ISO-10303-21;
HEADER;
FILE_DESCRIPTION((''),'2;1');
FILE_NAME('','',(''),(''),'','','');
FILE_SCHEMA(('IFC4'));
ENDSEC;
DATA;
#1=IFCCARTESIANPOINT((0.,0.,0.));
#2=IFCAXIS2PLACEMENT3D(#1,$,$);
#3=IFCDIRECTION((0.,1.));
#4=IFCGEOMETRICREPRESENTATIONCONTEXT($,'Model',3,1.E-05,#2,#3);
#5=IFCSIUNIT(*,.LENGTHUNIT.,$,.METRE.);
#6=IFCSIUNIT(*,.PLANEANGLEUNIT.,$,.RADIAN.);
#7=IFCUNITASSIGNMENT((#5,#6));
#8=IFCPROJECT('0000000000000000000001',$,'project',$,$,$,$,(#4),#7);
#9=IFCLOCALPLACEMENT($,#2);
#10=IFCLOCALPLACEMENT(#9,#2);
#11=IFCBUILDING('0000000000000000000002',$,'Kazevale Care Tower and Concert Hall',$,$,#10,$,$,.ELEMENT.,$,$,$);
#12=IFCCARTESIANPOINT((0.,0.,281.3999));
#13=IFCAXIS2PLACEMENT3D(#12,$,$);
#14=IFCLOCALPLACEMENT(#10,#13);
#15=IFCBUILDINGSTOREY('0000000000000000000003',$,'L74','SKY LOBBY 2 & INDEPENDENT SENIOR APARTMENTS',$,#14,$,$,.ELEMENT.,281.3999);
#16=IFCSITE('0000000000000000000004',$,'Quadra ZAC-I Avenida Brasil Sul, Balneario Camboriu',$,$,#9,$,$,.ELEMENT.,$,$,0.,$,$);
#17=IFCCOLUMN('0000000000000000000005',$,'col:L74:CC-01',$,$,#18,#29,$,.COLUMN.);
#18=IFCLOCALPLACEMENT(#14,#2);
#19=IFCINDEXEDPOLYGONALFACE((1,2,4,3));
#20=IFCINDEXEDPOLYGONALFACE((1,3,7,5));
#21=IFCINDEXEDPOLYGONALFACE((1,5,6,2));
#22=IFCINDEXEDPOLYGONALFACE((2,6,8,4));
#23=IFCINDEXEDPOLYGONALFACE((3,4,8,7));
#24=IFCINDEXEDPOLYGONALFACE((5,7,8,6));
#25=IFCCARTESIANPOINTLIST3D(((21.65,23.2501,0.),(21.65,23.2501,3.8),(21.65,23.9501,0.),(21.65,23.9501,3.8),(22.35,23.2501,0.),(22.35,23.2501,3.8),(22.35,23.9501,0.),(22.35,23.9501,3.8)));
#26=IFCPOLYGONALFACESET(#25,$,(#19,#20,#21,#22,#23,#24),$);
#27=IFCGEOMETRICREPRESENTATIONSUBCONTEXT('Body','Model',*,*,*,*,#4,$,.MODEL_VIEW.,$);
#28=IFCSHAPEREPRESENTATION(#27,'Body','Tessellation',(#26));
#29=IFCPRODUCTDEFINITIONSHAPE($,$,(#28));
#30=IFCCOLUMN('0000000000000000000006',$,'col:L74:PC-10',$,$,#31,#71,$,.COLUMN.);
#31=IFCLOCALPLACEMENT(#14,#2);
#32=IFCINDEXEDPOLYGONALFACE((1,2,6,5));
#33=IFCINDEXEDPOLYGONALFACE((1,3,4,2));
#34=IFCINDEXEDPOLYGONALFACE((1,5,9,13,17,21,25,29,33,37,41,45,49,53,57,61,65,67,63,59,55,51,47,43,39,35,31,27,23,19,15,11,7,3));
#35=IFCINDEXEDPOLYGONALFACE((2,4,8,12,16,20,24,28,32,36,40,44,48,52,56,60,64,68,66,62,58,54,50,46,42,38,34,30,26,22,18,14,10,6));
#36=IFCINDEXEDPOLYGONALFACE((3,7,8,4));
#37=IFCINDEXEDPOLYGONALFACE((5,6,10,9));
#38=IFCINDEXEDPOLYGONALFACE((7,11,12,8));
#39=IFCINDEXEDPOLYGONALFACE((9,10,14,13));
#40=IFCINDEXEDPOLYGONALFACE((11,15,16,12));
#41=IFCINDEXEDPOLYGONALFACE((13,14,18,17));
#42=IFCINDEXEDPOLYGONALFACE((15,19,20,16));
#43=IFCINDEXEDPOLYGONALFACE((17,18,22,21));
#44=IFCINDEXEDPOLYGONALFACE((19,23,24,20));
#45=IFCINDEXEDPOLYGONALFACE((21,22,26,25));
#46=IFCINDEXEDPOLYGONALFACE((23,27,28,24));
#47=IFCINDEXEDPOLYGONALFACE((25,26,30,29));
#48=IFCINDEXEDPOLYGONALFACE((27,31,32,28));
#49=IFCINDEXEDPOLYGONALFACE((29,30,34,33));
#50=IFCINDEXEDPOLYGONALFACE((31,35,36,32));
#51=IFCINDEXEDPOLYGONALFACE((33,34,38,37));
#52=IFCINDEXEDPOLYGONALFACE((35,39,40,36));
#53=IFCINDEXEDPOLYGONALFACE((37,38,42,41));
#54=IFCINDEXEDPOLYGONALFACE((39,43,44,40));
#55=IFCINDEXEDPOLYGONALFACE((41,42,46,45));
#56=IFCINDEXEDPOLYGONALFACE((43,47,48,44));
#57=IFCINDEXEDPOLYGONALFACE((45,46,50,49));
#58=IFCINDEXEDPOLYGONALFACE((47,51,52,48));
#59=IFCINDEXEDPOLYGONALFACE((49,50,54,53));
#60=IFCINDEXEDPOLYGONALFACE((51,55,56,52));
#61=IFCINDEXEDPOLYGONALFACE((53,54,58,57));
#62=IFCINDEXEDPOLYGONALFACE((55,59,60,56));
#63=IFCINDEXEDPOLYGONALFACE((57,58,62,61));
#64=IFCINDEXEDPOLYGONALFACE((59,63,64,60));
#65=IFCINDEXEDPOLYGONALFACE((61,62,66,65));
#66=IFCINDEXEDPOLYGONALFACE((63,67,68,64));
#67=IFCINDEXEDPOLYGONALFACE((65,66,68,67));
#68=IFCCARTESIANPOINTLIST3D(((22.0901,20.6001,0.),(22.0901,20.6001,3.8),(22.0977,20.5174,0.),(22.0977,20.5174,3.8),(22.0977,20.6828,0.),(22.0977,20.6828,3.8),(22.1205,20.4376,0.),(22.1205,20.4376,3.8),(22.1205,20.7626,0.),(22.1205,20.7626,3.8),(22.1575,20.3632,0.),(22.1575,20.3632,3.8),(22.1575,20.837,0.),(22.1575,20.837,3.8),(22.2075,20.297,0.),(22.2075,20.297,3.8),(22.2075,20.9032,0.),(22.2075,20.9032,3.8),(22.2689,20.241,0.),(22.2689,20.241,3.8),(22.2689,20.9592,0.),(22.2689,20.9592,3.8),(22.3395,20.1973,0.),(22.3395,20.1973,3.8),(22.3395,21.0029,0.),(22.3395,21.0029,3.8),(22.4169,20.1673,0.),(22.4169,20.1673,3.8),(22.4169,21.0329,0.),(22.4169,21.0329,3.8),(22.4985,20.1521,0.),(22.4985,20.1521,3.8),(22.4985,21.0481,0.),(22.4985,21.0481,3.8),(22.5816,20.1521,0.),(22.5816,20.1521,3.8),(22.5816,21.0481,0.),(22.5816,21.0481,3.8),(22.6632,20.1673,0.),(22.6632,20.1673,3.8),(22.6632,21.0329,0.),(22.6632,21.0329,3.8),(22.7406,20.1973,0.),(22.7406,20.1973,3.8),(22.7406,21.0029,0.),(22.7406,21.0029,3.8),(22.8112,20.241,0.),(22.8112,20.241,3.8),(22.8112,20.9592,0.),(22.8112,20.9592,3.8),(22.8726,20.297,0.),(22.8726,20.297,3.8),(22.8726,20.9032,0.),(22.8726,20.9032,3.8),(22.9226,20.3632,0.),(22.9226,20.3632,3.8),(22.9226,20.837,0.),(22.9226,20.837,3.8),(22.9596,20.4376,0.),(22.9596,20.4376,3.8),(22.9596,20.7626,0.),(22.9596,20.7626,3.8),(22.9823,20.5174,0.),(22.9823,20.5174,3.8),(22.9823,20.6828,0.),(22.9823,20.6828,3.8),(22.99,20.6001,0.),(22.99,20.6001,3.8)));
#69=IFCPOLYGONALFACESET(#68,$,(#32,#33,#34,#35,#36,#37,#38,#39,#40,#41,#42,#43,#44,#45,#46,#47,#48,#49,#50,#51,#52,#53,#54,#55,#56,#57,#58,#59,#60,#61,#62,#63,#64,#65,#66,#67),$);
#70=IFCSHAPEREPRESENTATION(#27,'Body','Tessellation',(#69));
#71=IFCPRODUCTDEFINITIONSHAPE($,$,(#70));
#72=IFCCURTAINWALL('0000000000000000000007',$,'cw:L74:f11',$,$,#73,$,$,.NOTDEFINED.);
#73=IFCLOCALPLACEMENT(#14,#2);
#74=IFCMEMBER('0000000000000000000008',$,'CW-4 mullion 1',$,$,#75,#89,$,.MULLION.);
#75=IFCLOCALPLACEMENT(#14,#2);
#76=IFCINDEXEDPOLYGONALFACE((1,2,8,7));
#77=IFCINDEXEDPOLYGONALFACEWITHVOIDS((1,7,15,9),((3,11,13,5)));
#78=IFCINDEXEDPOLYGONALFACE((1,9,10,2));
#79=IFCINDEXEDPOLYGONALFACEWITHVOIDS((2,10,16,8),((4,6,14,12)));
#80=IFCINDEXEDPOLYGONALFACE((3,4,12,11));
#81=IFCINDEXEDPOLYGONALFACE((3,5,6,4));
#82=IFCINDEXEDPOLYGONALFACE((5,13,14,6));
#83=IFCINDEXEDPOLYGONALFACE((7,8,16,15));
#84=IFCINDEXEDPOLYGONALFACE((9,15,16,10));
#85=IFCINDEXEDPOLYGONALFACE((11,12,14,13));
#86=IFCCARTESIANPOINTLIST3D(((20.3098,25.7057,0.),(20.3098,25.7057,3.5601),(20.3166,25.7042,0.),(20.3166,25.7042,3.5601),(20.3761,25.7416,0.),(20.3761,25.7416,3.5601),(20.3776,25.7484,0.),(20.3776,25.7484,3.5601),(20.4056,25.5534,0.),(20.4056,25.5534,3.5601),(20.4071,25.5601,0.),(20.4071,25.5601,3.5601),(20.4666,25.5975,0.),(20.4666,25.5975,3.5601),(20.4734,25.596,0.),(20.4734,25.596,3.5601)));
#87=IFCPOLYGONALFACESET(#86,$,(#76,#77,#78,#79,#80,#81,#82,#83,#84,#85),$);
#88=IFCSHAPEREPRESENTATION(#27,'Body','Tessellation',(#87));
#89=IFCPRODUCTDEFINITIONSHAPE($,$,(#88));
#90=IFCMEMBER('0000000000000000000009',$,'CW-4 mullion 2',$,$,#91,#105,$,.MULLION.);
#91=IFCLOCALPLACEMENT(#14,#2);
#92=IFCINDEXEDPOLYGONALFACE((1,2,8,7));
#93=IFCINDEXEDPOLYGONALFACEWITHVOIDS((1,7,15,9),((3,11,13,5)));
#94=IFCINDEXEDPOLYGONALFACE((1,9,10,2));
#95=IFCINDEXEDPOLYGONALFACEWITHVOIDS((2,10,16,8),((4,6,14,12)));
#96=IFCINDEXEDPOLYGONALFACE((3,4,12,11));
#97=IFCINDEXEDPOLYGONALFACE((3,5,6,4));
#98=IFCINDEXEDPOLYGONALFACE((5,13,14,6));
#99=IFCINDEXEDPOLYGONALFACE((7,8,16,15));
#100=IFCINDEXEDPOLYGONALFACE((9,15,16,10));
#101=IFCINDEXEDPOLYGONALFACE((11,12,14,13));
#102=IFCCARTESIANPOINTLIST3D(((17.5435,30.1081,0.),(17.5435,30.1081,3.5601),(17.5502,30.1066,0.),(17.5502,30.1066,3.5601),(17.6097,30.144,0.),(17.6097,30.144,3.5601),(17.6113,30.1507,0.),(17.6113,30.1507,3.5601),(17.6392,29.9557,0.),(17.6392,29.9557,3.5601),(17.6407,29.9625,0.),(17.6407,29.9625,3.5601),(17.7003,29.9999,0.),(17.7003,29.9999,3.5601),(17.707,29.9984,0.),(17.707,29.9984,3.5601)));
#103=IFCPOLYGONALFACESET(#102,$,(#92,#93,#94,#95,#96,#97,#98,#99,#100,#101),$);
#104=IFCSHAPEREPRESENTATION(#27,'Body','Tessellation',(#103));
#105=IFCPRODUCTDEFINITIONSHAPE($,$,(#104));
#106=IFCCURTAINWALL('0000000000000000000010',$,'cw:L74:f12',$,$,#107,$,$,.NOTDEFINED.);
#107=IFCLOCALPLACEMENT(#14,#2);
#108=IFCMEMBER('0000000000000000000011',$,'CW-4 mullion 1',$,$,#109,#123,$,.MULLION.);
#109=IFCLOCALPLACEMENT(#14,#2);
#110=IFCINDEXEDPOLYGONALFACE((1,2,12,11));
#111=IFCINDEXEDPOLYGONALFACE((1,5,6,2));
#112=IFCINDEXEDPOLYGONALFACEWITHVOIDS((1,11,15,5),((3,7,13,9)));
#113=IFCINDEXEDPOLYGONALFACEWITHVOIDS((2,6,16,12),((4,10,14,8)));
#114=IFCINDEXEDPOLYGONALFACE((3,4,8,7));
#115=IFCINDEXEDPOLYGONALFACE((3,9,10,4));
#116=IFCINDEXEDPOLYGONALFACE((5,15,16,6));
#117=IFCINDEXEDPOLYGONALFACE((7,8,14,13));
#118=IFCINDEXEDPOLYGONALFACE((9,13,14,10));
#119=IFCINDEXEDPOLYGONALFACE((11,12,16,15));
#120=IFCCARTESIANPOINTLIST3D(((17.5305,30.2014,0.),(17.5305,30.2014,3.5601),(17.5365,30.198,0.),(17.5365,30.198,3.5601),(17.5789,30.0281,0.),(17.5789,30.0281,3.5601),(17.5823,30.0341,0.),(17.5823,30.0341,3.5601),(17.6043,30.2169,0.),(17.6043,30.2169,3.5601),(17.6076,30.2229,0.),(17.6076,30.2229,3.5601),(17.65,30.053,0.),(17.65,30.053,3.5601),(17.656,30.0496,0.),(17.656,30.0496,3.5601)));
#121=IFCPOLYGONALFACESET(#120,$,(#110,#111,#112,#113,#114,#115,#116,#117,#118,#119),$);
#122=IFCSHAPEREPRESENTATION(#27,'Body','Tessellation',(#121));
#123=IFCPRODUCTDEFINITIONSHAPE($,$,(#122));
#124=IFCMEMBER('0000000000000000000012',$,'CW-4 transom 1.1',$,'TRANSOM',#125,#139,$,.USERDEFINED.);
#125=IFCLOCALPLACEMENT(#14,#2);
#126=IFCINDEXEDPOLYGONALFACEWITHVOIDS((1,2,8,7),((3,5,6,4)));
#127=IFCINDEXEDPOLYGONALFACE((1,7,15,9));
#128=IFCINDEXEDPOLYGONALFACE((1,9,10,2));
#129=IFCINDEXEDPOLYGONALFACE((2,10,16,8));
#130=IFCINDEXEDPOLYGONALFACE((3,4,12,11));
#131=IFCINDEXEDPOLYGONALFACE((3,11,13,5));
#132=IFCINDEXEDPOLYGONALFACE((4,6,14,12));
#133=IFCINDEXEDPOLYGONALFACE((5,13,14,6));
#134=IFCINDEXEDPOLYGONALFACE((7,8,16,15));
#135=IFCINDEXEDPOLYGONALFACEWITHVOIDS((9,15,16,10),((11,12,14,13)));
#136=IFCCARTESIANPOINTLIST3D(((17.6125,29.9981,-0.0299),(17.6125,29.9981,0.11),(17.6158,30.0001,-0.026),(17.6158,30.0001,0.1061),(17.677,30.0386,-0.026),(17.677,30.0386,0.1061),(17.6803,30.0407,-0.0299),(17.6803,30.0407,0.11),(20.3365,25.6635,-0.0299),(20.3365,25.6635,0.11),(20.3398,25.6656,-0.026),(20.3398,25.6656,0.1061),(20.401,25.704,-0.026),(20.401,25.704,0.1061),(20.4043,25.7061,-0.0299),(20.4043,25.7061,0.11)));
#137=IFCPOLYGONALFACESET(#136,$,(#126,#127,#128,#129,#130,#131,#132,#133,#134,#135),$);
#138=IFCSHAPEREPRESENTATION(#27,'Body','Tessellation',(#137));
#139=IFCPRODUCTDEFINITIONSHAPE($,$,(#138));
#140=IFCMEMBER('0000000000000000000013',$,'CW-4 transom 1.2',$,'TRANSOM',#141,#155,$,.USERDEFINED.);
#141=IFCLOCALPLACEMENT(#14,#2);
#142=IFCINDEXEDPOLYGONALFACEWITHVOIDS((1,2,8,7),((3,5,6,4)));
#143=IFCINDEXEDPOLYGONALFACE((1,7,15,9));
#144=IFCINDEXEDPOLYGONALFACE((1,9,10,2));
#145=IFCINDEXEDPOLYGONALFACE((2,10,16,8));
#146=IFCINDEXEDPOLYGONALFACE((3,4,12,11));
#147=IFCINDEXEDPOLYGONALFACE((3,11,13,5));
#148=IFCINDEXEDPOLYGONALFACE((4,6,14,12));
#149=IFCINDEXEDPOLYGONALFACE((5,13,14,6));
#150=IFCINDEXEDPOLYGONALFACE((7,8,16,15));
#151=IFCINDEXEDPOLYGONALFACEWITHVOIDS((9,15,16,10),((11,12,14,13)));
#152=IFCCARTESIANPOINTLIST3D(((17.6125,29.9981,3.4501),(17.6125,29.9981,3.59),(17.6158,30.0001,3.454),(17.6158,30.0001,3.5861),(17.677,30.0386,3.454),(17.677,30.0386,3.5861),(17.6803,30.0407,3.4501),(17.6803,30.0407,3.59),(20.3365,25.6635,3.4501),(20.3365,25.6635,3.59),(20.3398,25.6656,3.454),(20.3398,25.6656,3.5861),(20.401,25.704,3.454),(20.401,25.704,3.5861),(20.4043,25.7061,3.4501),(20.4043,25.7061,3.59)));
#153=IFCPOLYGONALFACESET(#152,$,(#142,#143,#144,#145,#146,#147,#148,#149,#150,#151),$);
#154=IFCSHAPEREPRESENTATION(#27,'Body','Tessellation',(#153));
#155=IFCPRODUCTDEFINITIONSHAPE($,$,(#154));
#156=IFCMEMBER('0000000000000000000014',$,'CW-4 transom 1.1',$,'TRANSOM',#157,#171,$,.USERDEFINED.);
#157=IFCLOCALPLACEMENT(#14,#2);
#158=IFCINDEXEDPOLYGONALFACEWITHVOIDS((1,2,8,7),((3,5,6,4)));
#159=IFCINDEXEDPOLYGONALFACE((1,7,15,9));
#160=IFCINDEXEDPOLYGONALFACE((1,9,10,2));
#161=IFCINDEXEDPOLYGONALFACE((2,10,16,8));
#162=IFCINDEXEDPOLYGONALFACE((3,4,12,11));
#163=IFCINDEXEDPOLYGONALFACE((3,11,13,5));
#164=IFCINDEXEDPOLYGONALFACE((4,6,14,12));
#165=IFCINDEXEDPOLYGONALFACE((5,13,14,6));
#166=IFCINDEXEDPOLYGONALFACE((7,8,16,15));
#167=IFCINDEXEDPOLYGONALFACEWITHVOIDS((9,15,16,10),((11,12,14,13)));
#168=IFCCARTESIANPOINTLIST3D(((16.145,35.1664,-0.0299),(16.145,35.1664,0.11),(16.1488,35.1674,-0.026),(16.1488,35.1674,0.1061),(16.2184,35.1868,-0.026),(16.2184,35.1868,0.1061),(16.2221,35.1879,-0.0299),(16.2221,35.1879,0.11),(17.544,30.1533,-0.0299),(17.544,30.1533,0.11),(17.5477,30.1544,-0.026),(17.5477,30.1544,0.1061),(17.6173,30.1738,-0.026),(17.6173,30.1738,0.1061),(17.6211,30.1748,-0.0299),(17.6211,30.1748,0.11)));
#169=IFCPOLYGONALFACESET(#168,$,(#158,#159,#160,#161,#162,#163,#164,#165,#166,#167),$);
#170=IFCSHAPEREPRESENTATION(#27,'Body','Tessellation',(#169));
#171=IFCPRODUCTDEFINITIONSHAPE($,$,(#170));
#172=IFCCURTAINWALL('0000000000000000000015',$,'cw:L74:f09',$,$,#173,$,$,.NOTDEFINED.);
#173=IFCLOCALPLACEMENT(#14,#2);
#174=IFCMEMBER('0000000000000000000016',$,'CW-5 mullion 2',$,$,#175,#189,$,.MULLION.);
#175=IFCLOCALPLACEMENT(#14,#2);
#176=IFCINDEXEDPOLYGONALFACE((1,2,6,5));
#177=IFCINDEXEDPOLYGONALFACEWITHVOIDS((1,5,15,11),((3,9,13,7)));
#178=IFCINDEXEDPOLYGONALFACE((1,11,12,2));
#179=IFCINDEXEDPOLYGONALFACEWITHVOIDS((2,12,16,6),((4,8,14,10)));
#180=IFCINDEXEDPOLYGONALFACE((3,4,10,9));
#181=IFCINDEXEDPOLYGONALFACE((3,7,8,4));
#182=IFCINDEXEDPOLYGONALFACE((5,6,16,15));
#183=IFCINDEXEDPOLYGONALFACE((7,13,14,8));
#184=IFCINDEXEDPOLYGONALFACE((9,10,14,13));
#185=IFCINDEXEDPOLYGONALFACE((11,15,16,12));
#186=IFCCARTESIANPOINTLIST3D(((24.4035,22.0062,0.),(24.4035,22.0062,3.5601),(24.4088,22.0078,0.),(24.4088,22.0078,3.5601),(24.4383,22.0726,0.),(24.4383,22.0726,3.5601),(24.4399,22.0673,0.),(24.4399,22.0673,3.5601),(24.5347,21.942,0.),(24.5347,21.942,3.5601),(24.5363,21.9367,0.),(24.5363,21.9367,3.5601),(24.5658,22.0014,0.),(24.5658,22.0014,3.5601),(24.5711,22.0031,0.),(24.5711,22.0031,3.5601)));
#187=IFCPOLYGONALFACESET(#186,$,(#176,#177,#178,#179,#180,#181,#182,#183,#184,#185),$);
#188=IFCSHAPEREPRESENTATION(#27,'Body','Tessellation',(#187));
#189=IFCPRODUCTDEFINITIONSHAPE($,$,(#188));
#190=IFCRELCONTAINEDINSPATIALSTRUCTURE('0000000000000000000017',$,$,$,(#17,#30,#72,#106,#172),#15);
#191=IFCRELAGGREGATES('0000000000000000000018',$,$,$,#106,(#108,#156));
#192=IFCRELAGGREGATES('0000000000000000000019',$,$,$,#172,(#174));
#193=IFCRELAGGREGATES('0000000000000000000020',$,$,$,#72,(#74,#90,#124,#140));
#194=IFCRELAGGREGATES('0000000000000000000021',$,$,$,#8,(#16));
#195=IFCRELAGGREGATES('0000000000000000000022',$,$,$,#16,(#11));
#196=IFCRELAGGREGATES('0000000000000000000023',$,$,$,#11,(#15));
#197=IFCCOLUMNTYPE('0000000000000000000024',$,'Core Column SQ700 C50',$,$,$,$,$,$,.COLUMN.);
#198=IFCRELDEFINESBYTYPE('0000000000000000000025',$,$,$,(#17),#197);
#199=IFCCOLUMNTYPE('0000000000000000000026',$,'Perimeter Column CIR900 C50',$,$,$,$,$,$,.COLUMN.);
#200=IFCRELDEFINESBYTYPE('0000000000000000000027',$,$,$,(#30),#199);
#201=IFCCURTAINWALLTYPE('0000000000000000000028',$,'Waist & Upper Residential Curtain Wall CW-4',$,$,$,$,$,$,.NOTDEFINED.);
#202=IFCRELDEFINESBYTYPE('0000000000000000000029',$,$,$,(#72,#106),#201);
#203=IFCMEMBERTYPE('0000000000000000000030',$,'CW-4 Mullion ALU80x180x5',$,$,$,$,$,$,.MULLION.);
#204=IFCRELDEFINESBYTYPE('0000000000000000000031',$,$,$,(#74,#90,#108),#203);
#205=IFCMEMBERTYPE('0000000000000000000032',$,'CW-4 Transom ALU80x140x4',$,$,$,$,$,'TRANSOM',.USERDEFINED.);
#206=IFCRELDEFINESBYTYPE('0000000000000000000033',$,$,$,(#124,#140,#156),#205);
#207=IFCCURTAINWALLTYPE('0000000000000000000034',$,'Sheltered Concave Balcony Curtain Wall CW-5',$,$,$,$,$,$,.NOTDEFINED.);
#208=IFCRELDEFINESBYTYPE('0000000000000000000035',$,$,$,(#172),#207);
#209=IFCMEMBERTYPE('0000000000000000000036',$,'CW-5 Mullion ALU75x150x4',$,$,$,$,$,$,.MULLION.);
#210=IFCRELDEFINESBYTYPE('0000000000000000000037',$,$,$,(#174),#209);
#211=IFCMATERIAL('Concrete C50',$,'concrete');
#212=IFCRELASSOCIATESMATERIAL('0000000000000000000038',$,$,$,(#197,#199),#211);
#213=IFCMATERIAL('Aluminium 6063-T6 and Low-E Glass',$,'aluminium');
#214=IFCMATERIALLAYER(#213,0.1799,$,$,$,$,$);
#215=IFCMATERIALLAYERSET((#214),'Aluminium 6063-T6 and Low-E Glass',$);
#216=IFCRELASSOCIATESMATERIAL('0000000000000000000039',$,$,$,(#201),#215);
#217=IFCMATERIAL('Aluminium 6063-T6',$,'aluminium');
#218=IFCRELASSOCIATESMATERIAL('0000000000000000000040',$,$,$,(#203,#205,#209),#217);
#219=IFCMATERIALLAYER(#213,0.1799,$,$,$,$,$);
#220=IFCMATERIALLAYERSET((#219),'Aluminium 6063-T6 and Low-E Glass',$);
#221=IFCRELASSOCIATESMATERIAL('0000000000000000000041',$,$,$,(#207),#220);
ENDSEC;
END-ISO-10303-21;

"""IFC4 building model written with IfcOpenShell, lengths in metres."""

from ifc_helpers import new_model, si_unit, direction, frame, origin, origin_2d, place, context, subcontext, project, spatial, rectangle, hollow_rectangle, circle, extrude, material, layer, layer_set, material_profile, profile_set, type_object, element, aggregate, save


model = new_model("IFC4")

# Units and contexts
model_context = context("Model", 3, precision=1e-05, world=origin(), true_north=direction((0.0, 1.0)))
body_context = subcontext(model_context, "Body", "Model", "MODEL_VIEW")
ifc_project = project(units=[si_unit("LENGTHUNIT", "METRE"), si_unit("PLANEANGLEUNIT", "RADIAN")], contexts=[model_context])

# Site, building, storey
site_placement = place(None, origin())
site = spatial("IfcSite", under=ifc_project, at=site_placement, Name="Quadra ZAC-I Avenida Brasil Sul, Balneario Camboriu", CompositionType="ELEMENT", RefElevation=0.0)
building_placement = place(site_placement, origin())
building = spatial("IfcBuilding", under=site, at=building_placement, Name="Kazevale Care Tower and Concert Hall", CompositionType="ELEMENT")
storey_placement = place(building_placement, frame((0.0, 0.0, 281.3999)))
storey = spatial("IfcBuildingStorey", under=building, at=storey_placement, Name="L74", Description="SKY LOBBY 2 & INDEPENDENT SENIOR APARTMENTS", CompositionType="ELEMENT", Elevation=281.3999)

# Columns
ifc_material_1 = material(Name="Concrete C50", Category="concrete")
ifc_material_profile_1 = material_profile(ifc_material_1, rectangle(XDim=0.7, YDim=0.7, at=origin_2d()), Name="RC-SQ700")
ifc_profile_set_1 = profile_set([ifc_material_profile_1], Name="Concrete C50")
column_type_1 = type_object("IfcColumnType", Name="Core Column SQ700 C50", PredefinedType="COLUMN", material=ifc_profile_set_1)
column_1_placement = place(storey_placement, frame((22.0, 23.6001, 0.0), z_axis=(0.0, 0.0, 1.0), x_axis=(1.0, 0.0, 0.0)))
element("IfcColumn", 1, at=column_1_placement, inside=storey, type_object=column_type_1, Name="col:L74:CC-01", PredefinedType="COLUMN", context=body_context, shape_type="SweptSolid", body=[
    extrude(rectangle(XDim=0.7, YDim=0.7, at=origin_2d()), origin(), (0.0, 0.0, 1.0), 3.8),
])
ifc_material_profile_2 = material_profile(ifc_material_1, circle(Radius=0.45, at=origin_2d()), Name="RC-CIR900")
ifc_profile_set_2 = profile_set([ifc_material_profile_2], Name="Concrete C50")
column_type_2 = type_object("IfcColumnType", Name="Perimeter Column CIR900 C50", PredefinedType="COLUMN", material=ifc_profile_set_2)
column_2_placement = place(storey_placement, frame((22.54, 20.6001, 0.0), z_axis=(0.0, 0.0, 1.0), x_axis=(1.0, 0.0, 0.0)))
element("IfcColumn", 2, at=column_2_placement, inside=storey, type_object=column_type_2, Name="col:L74:PC-10", PredefinedType="COLUMN", context=body_context, shape_type="SweptSolid", body=[
    extrude(circle(Radius=0.45, at=origin_2d()), origin(), (0.0, 0.0, 1.0), 3.8),
])

# Curtain wall, members
ifc_material_2 = material(Name="Aluminium 6063-T6 and Low-E Glass", Category="aluminium")
ifc_layer_1 = layer(ifc_material_2, 0.1799)
ifc_layer_set_1 = layer_set([ifc_layer_1], Name="Aluminium 6063-T6 and Low-E Glass")
curtain_wall_type_1 = type_object("IfcCurtainWallType", Name="Waist & Upper Residential Curtain Wall CW-4", PredefinedType="NOTDEFINED", material=ifc_layer_set_1)
curtain_wall_1_placement = place(storey_placement, origin())
curtain_wall_1 = element("IfcCurtainWall", 3, at=curtain_wall_1_placement, inside=storey, type_object=curtain_wall_type_1, Name="cw:L74:f11", PredefinedType="NOTDEFINED")
ifc_material_3 = material(Name="Aluminium 6063-T6", Category="aluminium")
ifc_material_profile_3 = material_profile(ifc_material_3, hollow_rectangle(XDim=0.0801, YDim=0.1799, WallThickness=0.0049, at=origin_2d()), Name="ALU80x180x5")
ifc_profile_set_3 = profile_set([ifc_material_profile_3], Name="Aluminium 6063-T6")
member_type_1 = type_object("IfcMemberType", Name="CW-4 Mullion ALU80x180x5", PredefinedType="MULLION", material=ifc_profile_set_3)
member_1_placement = place(storey_placement, frame((20.3916, 25.6509, 0.0), z_axis=(0.0, 0.0, 1.0), x_axis=(-0.846698, -0.532075, 0.0)))
member_1 = element("IfcMember", 4, at=member_1_placement, type_object=member_type_1, Name="CW-4 mullion 1", PredefinedType="MULLION", context=body_context, shape_type="SweptSolid", body=[
    extrude(hollow_rectangle(XDim=0.0801, YDim=0.1799, WallThickness=0.0049, at=origin_2d()), origin(), (0.0, 0.0, 1.0), 3.5601),
])
member_2_placement = place(storey_placement, frame((17.6252, 30.0532, 0.0), z_axis=(0.0, 0.0, 1.0), x_axis=(-0.846698, -0.532075, 0.0)))
member_2 = element("IfcMember", 5, at=member_2_placement, type_object=member_type_1, Name="CW-4 mullion 2", PredefinedType="MULLION", context=body_context, shape_type="SweptSolid", body=[
    extrude(hollow_rectangle(XDim=0.0801, YDim=0.1799, WallThickness=0.0049, at=origin_2d()), origin(), (0.0, 0.0, 1.0), 3.5601),
])

# Curtain wall, member
curtain_wall_2_placement = place(storey_placement, origin())
curtain_wall_2 = element("IfcCurtainWall", 6, at=curtain_wall_2_placement, inside=storey, type_object=curtain_wall_type_1, Name="cw:L74:f12", PredefinedType="NOTDEFINED")
member_3_placement = place(storey_placement, frame((17.5933, 30.1255, 0.0), z_axis=(0.0, 0.0, 1.0), x_axis=(-0.963194, -0.268807, 0.0)))
member_3 = element("IfcMember", 7, at=member_3_placement, type_object=member_type_1, Name="CW-4 mullion 1", PredefinedType="MULLION", context=body_context, shape_type="SweptSolid", body=[
    extrude(hollow_rectangle(XDim=0.0801, YDim=0.1799, WallThickness=0.0049, at=origin_2d()), origin(), (0.0, 0.0, 1.0), 3.5601),
])

# Members
ifc_material_profile_4 = material_profile(ifc_material_3, hollow_rectangle(XDim=0.0801, YDim=0.1399, WallThickness=0.0039, at=origin_2d()), Name="ALU80x140x4")
ifc_profile_set_4 = profile_set([ifc_material_profile_4], Name="Aluminium 6063-T6")
member_type_2 = type_object("IfcMemberType", Name="CW-4 Transom ALU80x140x4", ElementType="TRANSOM", PredefinedType="USERDEFINED", material=ifc_profile_set_4)
member_4_placement = place(storey_placement, frame((20.3704, 25.6848, 0.04), z_axis=(-0.532081, 0.846694, 0.0), x_axis=(-0.846694, -0.532081, 0.0)))
member_4 = element("IfcMember", 8, at=member_4_placement, type_object=member_type_2, Name="CW-4 transom 1.1", ObjectType="TRANSOM", PredefinedType="USERDEFINED", context=body_context, shape_type="SweptSolid", body=[
    extrude(hollow_rectangle(XDim=0.0801, YDim=0.1399, WallThickness=0.0039, at=origin_2d()), origin(), (0.0, 0.0, 1.0), 5.1194),
])
member_5_placement = place(storey_placement, frame((20.3704, 25.6848, 3.52), z_axis=(-0.532081, 0.846694, 0.0), x_axis=(-0.846694, -0.532081, 0.0)))
member_5 = element("IfcMember", 9, at=member_5_placement, type_object=member_type_2, Name="CW-4 transom 1.2", ObjectType="TRANSOM", PredefinedType="USERDEFINED", context=body_context, shape_type="SweptSolid", body=[
    extrude(hollow_rectangle(XDim=0.0801, YDim=0.1399, WallThickness=0.0039, at=origin_2d()), origin(), (0.0, 0.0, 1.0), 5.1194),
])
member_6_placement = place(storey_placement, frame((17.5825, 30.1641, 0.04), z_axis=(-0.268793, 0.963198, 0.0), x_axis=(-0.963198, -0.268793, 0.0)))
member_6 = element("IfcMember", 10, at=member_6_placement, type_object=member_type_2, Name="CW-4 transom 1.1", ObjectType="TRANSOM", PredefinedType="USERDEFINED", context=body_context, shape_type="SweptSolid", body=[
    extrude(hollow_rectangle(XDim=0.0801, YDim=0.1399, WallThickness=0.0039, at=origin_2d()), origin(), (0.0, 0.0, 1.0), 5.2046),
])
aggregate(curtain_wall_2, [member_3, member_6])

# Curtain wall, member
ifc_layer_2 = layer(ifc_material_2, 0.1799)
ifc_layer_set_2 = layer_set([ifc_layer_2], Name="Aluminium 6063-T6 and Low-E Glass")
curtain_wall_type_2 = type_object("IfcCurtainWallType", Name="Sheltered Concave Balcony Curtain Wall CW-5", PredefinedType="NOTDEFINED", material=ifc_layer_set_2)
curtain_wall_3_placement = place(storey_placement, origin())
curtain_wall_3 = element("IfcCurtainWall", 11, at=curtain_wall_3_placement, inside=storey, type_object=curtain_wall_type_2, Name="cw:L74:f09", PredefinedType="NOTDEFINED")
ifc_material_profile_5 = material_profile(ifc_material_3, hollow_rectangle(XDim=0.075, YDim=0.1499, WallThickness=0.0039, at=origin_2d()), Name="ALU75x150x4")
ifc_profile_set_5 = profile_set([ifc_material_profile_5], Name="Aluminium 6063-T6")
member_type_3 = type_object("IfcMemberType", Name="CW-5 Mullion ALU75x150x4", PredefinedType="MULLION", material=ifc_profile_set_5)
member_7_placement = place(storey_placement, frame((24.4873, 22.0046, 0.0), z_axis=(0.0, 0.0, 1.0), x_axis=(-0.463681, -0.886002, 0.0)))
member_7 = element("IfcMember", 12, at=member_7_placement, type_object=member_type_3, Name="CW-5 mullion 2", PredefinedType="MULLION", context=body_context, shape_type="SweptSolid", body=[
    extrude(hollow_rectangle(XDim=0.075, YDim=0.1499, WallThickness=0.0039, at=origin_2d()), origin(), (0.0, 0.0, 1.0), 3.5601),
])
aggregate(curtain_wall_3, [member_7])

aggregate(curtain_wall_1, [member_1, member_2, member_4, member_5])

save(model, "model.ifc")
